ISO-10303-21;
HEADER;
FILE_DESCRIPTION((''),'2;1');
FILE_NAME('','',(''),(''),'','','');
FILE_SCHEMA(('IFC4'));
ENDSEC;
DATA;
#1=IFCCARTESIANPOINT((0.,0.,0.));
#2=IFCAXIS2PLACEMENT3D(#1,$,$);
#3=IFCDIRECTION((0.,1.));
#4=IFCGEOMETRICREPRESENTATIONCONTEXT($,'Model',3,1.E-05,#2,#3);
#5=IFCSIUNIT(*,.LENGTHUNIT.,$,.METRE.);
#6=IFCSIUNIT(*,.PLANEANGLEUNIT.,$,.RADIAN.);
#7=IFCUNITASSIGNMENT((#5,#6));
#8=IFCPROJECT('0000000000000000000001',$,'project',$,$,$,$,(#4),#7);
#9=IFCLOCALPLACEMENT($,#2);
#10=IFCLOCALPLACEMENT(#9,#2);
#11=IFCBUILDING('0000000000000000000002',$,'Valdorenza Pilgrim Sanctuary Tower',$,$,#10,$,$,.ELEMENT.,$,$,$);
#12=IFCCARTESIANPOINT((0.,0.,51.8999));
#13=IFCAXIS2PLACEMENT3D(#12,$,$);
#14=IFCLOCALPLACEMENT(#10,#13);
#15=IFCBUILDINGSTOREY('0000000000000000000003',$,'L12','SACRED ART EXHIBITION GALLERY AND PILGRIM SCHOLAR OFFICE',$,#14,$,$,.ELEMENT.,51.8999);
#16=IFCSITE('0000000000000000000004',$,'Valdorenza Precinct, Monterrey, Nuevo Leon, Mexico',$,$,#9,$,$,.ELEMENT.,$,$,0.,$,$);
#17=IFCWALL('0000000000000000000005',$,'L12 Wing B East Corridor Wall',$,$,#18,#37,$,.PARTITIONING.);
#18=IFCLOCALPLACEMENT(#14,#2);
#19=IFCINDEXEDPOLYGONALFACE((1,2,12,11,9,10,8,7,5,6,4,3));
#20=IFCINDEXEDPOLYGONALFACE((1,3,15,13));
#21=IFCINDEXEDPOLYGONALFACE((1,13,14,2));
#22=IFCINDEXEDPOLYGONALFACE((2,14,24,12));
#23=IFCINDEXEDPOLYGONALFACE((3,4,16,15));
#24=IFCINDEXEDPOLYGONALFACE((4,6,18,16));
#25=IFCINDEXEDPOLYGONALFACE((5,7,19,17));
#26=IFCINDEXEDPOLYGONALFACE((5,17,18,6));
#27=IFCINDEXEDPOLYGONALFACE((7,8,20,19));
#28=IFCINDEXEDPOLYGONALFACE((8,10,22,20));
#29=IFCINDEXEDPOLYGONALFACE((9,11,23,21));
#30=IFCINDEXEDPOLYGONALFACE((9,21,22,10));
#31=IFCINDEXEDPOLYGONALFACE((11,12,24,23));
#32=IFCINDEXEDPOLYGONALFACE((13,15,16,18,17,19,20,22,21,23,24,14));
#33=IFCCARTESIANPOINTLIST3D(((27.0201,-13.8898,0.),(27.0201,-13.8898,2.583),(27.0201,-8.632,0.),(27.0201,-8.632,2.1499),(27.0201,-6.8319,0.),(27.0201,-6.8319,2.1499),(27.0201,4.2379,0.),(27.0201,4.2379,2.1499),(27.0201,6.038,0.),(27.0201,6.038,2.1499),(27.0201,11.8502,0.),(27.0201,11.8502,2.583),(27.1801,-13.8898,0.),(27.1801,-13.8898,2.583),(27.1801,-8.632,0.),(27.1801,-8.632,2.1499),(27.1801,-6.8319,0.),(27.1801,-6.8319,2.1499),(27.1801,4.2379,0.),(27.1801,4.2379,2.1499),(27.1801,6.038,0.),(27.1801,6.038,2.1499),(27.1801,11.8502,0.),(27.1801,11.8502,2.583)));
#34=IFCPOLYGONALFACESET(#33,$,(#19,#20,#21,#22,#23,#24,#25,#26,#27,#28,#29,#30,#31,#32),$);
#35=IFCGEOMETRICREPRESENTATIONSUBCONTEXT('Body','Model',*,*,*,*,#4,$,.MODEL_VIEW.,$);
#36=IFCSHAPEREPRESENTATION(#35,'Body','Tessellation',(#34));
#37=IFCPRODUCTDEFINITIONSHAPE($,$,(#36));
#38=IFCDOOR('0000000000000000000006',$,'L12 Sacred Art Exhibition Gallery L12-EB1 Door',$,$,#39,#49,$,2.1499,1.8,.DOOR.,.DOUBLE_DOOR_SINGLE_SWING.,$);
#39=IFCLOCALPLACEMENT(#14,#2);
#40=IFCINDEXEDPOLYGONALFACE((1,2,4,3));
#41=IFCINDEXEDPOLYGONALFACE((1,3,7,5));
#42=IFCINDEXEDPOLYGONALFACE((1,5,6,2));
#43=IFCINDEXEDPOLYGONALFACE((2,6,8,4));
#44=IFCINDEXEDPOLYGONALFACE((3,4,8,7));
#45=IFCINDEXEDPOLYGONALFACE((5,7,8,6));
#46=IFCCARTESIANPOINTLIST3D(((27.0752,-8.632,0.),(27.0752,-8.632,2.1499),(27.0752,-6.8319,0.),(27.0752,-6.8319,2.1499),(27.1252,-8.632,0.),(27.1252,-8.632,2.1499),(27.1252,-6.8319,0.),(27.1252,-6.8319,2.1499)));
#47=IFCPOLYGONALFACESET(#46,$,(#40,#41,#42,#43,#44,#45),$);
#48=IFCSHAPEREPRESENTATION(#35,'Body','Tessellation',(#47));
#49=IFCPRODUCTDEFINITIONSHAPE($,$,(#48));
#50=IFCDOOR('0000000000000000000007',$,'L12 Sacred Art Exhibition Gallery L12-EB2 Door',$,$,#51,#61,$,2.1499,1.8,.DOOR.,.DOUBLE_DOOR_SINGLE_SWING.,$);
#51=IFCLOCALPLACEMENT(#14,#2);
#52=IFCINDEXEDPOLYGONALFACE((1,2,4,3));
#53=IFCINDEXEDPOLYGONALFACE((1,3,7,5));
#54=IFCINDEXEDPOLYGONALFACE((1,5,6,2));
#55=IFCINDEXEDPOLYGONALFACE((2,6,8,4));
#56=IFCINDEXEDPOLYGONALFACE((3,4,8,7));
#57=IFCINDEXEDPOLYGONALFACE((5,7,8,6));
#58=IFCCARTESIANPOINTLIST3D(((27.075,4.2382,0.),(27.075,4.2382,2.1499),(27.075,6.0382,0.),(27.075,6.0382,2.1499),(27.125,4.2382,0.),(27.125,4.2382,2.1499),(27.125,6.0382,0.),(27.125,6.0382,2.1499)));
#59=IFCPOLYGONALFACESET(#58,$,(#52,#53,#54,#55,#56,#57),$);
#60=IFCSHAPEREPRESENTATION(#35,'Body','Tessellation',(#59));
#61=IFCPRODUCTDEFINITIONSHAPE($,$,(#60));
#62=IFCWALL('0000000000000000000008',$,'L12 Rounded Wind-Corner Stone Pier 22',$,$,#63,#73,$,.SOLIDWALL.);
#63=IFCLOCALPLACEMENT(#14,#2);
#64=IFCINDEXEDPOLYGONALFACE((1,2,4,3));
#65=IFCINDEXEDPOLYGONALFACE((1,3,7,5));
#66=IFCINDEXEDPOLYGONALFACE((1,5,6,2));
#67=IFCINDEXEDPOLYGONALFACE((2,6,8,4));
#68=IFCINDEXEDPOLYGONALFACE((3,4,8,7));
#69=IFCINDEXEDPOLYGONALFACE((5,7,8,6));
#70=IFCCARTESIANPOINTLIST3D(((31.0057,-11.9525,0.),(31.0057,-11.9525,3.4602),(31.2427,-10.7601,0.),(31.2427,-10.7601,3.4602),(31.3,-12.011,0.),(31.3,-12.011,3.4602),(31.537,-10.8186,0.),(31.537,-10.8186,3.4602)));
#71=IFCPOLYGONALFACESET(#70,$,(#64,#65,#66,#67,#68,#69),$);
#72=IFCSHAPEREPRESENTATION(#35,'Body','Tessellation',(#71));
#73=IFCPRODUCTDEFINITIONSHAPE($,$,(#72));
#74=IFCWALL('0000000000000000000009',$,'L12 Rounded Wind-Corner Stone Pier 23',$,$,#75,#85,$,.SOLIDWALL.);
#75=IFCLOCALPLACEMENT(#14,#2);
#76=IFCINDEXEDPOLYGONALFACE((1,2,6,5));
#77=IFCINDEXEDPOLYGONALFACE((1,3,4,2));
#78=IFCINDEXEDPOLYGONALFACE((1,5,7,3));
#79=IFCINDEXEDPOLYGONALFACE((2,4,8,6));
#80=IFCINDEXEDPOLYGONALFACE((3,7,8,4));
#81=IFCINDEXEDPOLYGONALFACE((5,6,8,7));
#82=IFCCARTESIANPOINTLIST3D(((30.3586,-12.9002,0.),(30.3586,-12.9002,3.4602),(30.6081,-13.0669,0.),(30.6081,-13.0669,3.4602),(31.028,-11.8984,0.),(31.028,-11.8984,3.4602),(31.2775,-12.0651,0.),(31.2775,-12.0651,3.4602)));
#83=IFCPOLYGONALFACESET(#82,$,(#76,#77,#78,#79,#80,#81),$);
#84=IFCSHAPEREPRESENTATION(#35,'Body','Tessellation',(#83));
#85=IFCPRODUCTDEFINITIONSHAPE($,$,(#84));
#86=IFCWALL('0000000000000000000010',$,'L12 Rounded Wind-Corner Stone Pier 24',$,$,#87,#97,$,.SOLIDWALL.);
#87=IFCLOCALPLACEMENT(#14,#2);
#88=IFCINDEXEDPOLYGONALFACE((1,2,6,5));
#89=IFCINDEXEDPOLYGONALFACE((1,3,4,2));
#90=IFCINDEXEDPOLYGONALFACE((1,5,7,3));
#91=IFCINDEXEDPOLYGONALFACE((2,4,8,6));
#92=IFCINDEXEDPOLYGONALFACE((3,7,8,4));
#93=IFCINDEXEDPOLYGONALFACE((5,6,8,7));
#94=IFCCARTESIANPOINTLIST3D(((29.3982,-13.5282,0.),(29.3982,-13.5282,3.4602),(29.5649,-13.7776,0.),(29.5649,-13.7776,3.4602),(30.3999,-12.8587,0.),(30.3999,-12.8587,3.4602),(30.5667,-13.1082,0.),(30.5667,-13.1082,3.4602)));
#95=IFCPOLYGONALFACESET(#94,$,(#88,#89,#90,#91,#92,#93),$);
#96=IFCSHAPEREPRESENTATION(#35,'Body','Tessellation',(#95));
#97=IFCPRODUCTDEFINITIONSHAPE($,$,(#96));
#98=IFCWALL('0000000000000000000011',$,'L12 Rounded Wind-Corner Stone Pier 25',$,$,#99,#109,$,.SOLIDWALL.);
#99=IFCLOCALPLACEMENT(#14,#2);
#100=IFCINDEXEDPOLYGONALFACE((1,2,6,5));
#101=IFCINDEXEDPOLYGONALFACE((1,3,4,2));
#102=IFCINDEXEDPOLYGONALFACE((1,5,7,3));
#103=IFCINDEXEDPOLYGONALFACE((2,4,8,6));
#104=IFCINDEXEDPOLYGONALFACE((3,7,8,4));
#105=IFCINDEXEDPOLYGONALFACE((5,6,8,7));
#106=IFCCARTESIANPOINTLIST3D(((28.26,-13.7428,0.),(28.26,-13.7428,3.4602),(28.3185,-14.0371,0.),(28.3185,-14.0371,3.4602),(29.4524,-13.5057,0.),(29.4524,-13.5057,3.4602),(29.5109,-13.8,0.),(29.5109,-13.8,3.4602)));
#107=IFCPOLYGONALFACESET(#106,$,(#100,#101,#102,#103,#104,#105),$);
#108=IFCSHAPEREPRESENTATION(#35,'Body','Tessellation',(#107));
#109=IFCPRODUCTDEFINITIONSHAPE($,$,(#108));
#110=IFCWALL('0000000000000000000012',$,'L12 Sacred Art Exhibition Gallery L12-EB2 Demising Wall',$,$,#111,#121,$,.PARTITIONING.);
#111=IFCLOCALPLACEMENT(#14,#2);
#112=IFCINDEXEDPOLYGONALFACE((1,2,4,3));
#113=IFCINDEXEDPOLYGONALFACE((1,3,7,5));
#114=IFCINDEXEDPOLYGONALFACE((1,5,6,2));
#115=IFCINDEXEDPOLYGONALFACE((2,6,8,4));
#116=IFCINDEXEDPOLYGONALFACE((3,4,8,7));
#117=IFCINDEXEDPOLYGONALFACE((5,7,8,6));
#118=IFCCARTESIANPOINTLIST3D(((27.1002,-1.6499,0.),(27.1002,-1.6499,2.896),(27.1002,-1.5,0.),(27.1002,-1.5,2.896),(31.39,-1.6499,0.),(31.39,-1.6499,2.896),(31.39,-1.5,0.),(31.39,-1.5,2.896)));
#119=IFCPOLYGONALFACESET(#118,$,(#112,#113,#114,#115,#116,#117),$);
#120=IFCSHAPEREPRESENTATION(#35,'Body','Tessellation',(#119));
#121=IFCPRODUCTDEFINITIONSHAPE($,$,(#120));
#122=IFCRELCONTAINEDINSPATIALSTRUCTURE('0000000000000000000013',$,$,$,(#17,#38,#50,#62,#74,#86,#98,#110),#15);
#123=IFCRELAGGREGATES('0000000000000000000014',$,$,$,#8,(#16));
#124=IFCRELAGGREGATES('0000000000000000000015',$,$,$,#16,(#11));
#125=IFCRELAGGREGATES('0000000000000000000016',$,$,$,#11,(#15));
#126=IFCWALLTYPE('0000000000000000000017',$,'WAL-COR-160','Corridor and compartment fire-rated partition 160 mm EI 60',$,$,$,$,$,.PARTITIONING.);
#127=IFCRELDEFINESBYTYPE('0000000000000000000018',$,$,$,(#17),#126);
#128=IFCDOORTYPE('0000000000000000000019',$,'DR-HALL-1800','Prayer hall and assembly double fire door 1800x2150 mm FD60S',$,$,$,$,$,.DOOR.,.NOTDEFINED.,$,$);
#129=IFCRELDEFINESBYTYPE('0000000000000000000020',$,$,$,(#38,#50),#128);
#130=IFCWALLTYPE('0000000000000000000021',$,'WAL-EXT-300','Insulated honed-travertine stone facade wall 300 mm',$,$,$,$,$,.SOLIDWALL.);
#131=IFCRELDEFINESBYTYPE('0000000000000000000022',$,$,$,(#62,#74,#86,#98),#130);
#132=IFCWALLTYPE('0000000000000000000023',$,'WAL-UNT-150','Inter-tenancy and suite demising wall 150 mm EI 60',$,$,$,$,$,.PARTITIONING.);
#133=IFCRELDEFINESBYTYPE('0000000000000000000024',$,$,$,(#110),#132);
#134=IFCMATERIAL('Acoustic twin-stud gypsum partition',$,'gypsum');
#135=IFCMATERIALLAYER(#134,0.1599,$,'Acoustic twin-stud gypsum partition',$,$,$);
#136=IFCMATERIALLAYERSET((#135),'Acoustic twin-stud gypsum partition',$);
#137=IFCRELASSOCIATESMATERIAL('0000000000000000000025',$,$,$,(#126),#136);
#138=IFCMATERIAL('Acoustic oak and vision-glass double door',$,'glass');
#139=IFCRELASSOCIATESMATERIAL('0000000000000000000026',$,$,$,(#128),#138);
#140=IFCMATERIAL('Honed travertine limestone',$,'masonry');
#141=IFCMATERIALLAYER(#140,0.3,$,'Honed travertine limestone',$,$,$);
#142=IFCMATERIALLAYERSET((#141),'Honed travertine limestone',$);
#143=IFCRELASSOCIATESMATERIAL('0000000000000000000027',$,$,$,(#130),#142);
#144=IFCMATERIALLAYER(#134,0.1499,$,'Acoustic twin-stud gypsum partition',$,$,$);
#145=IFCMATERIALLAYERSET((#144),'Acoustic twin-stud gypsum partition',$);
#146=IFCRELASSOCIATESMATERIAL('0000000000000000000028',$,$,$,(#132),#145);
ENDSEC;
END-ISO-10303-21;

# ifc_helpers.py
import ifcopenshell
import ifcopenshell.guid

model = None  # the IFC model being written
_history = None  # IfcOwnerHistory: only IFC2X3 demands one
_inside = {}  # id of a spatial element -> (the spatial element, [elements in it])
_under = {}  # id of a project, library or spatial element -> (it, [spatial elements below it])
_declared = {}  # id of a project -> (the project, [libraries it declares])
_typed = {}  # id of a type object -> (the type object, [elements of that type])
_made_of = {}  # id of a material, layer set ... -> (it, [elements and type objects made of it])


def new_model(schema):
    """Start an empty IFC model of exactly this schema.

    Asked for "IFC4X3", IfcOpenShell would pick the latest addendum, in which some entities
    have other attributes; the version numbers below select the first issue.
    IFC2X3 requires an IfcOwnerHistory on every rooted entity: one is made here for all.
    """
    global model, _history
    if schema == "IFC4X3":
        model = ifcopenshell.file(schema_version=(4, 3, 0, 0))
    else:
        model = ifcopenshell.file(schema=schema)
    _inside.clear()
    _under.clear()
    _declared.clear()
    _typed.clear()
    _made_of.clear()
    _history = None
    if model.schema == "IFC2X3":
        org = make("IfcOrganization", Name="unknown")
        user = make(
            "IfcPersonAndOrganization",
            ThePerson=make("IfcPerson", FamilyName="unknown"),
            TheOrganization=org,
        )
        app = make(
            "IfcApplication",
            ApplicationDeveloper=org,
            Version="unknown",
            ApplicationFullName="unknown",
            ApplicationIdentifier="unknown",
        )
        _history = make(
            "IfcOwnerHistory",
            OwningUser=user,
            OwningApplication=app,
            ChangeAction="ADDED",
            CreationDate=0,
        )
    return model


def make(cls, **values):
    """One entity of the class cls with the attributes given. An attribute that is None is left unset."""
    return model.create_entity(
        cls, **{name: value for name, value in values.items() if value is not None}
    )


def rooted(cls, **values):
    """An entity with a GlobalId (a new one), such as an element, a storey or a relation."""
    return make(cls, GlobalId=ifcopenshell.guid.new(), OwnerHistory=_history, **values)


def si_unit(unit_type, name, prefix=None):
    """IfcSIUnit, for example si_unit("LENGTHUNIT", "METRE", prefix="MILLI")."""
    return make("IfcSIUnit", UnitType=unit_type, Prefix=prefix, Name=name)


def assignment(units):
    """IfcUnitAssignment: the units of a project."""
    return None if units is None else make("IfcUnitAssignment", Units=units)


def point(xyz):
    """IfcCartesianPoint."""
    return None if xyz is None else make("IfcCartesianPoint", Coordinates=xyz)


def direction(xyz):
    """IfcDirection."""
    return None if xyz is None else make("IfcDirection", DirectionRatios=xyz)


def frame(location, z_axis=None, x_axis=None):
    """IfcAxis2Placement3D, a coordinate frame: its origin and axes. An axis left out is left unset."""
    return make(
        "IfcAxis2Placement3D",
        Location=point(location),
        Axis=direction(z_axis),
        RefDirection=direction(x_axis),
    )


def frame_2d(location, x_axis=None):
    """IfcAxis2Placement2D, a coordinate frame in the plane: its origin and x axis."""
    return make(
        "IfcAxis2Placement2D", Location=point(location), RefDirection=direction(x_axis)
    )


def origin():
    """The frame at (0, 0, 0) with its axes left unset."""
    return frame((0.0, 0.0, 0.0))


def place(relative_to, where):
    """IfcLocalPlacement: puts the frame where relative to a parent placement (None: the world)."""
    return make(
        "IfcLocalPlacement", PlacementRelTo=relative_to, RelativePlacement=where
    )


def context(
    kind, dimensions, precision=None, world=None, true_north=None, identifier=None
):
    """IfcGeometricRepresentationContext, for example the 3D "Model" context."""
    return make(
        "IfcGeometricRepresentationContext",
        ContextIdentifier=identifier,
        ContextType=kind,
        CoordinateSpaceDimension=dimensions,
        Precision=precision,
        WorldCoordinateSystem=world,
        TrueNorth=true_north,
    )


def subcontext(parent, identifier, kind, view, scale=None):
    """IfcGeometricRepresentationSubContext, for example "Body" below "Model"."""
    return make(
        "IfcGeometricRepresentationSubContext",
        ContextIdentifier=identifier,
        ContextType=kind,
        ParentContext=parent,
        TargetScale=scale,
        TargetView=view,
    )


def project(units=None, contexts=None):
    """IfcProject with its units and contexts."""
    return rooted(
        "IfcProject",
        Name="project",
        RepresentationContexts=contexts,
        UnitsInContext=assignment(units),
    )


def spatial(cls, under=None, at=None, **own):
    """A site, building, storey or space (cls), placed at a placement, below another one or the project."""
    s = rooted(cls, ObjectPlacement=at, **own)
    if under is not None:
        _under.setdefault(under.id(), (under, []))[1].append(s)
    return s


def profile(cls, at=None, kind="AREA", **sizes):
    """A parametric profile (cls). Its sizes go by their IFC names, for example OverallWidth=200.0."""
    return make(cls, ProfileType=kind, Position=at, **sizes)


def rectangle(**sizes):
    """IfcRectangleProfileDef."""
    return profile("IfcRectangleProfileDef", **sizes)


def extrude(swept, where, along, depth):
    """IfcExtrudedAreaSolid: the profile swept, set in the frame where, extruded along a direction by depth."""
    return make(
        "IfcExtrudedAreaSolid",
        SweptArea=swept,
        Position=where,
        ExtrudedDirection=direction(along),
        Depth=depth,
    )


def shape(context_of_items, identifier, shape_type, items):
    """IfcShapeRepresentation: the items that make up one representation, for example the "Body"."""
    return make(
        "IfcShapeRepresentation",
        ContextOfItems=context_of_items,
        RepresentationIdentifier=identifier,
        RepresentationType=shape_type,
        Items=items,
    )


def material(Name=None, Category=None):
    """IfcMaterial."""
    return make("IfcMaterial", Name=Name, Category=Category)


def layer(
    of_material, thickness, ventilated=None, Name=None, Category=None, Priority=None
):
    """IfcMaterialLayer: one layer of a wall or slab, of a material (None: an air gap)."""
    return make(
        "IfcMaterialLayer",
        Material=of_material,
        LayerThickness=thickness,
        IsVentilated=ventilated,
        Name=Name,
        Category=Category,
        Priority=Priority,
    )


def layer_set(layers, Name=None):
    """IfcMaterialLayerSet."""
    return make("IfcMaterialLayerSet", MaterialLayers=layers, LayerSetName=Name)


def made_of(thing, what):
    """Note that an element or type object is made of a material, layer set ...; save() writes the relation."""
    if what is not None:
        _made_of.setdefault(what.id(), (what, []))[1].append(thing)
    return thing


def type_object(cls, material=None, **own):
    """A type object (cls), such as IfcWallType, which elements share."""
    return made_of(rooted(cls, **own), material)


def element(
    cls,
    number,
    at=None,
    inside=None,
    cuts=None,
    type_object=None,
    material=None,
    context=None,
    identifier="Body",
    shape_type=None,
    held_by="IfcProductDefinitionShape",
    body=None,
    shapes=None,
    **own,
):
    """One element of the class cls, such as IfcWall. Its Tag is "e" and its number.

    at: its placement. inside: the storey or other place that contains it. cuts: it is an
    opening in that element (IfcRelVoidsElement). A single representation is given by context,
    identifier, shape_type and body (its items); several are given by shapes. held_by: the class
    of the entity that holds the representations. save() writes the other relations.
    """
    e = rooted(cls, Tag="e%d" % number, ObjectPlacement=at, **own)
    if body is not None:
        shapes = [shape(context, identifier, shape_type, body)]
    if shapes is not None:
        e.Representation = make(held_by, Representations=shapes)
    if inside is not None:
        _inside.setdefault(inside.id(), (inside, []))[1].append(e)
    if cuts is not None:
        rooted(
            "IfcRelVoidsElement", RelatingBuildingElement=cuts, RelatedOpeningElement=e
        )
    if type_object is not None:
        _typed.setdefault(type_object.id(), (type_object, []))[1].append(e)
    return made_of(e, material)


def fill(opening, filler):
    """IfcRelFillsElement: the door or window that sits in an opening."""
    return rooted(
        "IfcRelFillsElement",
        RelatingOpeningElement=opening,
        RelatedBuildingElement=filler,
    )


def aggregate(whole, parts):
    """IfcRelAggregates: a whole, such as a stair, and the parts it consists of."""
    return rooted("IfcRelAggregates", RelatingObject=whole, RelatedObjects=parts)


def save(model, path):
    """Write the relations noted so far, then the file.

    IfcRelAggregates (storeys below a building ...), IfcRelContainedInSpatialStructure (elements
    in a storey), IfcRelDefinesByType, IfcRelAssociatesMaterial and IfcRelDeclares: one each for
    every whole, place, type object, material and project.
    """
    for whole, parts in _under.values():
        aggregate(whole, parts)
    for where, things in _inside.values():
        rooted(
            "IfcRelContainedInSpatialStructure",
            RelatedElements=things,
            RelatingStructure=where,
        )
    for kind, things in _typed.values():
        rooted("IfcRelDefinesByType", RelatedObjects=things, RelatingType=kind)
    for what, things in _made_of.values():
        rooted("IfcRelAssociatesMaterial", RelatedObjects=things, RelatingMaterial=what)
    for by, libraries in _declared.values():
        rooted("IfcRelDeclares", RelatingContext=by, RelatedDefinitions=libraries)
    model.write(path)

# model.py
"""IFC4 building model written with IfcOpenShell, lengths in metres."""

from ifc_helpers import new_model, si_unit, direction, frame, frame_2d, origin, place, context, subcontext, project, spatial, rectangle, extrude, material, layer, layer_set, type_object, element, fill, save


model = new_model("IFC4")

# Units and contexts
model_context = context("Model", 3, precision=1e-05, world=origin(), true_north=direction((0.0, 1.0)))
body_context = subcontext(model_context, "Body", "Model", "MODEL_VIEW")
ifc_project = project(units=[si_unit("LENGTHUNIT", "METRE"), si_unit("PLANEANGLEUNIT", "RADIAN")], contexts=[model_context])

# Site, building, storey
site_placement = place(None, origin())
site = spatial("IfcSite", under=ifc_project, at=site_placement, Name="Valdorenza Precinct, Monterrey, Nuevo Leon, Mexico", CompositionType="ELEMENT", RefElevation=0.0)
building_placement = place(site_placement, origin())
building = spatial("IfcBuilding", under=site, at=building_placement, Name="Valdorenza Pilgrim Sanctuary Tower", CompositionType="ELEMENT")
storey_placement = place(building_placement, frame((0.0, 0.0, 51.8999)))
storey = spatial("IfcBuildingStorey", under=building, at=storey_placement, Name="L12", Description="SACRED ART EXHIBITION GALLERY AND PILGRIM SCHOLAR OFFICE", CompositionType="ELEMENT", Elevation=51.8999)

# Shared definitions
ifc_material_1 = material(Name="Honed travertine limestone", Category="masonry")

# Shared definitions
ifc_material_2 = material(Name="Acoustic twin-stud gypsum partition", Category="gypsum")
ifc_layer_1 = layer(ifc_material_2, 0.1599, Name="Acoustic twin-stud gypsum partition")
ifc_layer_set_1 = layer_set([ifc_layer_1], Name="Acoustic twin-stud gypsum partition")
wall_type_1 = type_object("IfcWallType", Name="WAL-COR-160", Description="Corridor and compartment fire-rated partition 160 mm EI 60", PredefinedType="PARTITIONING", material=ifc_layer_set_1)

# Wall, openings, doors
wall_1_placement = place(storey_placement, frame((27.1001, -13.8899, 0.0), z_axis=(0.0, 0.0, 1.0), x_axis=(0.0, 1.0, 0.0)))
wall_1 = element("IfcWall", 1, at=wall_1_placement, inside=storey, type_object=wall_type_1, Name="L12 Wing B East Corridor Wall", PredefinedType="PARTITIONING", context=body_context, shape_type="SweptSolid", body=[
    extrude(rectangle(XDim=25.74, YDim=0.1599, at=frame_2d((12.8701, 0.0))), origin(), (0.0, 0.0, 1.0), 2.583),
])
opening_1_placement = place(wall_1_placement, frame((5.2581, 0.0, 0.0)))
opening_1 = element("IfcOpeningElement", 2, at=opening_1_placement, cuts=wall_1, PredefinedType="OPENING", context=body_context, shape_type="SweptSolid", body=[
    extrude(rectangle(XDim=1.8, YDim=2.1499, at=frame_2d((0.8999, 1.075))), frame((0.0, 0.0947, 0.0), z_axis=(0.0, -1.0, 0.0), x_axis=(1.0, 0.0, 0.0)), (0.0, 0.0, 1.0), 0.1897),
])
opening_2_placement = place(wall_1_placement, frame((18.1279, 0.0, 0.0)))
opening_2 = element("IfcOpeningElement", 3, at=opening_2_placement, cuts=wall_1, PredefinedType="OPENING", context=body_context, shape_type="SweptSolid", body=[
    extrude(rectangle(XDim=1.8, YDim=2.1499, at=frame_2d((0.8999, 1.075))), frame((0.0, 0.0947, 0.0), z_axis=(0.0, -1.0, 0.0), x_axis=(1.0, 0.0, 0.0)), (0.0, 0.0, 1.0), 0.1897),
])
ifc_material_3 = material(Name="Acoustic oak and vision-glass double door", Category="glass")
door_type_1 = type_object("IfcDoorType", Name="DR-HALL-1800", Description="Prayer hall and assembly double fire door 1800x2150 mm FD60S", OperationType="NOTDEFINED", PredefinedType="DOOR", material=ifc_material_3)
door_1_placement = place(opening_1_placement, origin())
door_1 = element("IfcDoor", 4, at=door_1_placement, inside=storey, type_object=door_type_1, Name="L12 Sacred Art Exhibition Gallery L12-EB1 Door", OperationType="DOUBLE_DOOR_SINGLE_SWING", OverallHeight=2.1499, OverallWidth=1.8, PredefinedType="DOOR", context=body_context, shape_type="SweptSolid", body=[
    extrude(rectangle(XDim=1.8, YDim=2.1499, at=frame_2d((0.8999, 1.075))), frame((0.0, 0.0249, 0.0), z_axis=(0.0, -1.0, 0.0), x_axis=(1.0, 0.0, 0.0)), (0.0, 0.0, 1.0), 0.05),
])
fill(opening_1, door_1)
door_2_placement = place(opening_2_placement, frame((1.8, 0.0, 0.0), z_axis=(0.0, 0.0, 1.0), x_axis=(-1.0, 0.0, 0.0)))
door_2 = element("IfcDoor", 5, at=door_2_placement, inside=storey, type_object=door_type_1, Name="L12 Sacred Art Exhibition Gallery L12-EB2 Door", OperationType="DOUBLE_DOOR_SINGLE_SWING", OverallHeight=2.1499, OverallWidth=1.8, PredefinedType="DOOR", context=body_context, shape_type="SweptSolid", body=[
    extrude(rectangle(XDim=1.8, YDim=2.1499, at=frame_2d((0.8999, 1.075))), frame((0.0, 0.0249, 0.0), z_axis=(0.0, -1.0, 0.0), x_axis=(1.0, 0.0, 0.0)), (0.0, 0.0, 1.0), 0.05),
])
fill(opening_2, door_2)

# Walls
ifc_layer_2 = layer(ifc_material_1, 0.3, Name="Honed travertine limestone")
ifc_layer_set_2 = layer_set([ifc_layer_2], Name="Honed travertine limestone")
wall_type_2 = type_object("IfcWallType", Name="WAL-EXT-300", Description="Insulated honed-travertine stone facade wall 300 mm", PredefinedType="SOLIDWALL", material=ifc_layer_set_2)
wall_2_placement = place(storey_placement, frame((31.3899, -10.7893, 0.0), z_axis=(0.0, 0.0, 1.0), x_axis=(-0.194996, -0.980804, 0.0)))
element("IfcWall", 6, at=wall_2_placement, inside=storey, type_object=wall_type_2, Name="L12 Rounded Wind-Corner Stone Pier 22", PredefinedType="SOLIDWALL", context=body_context, shape_type="SweptSolid", body=[
    extrude(rectangle(XDim=1.2158, YDim=0.3, at=frame_2d((0.6079, 0.0))), origin(), (0.0, 0.0, 1.0), 3.4602),
])
for number, where, z_axis, x_axis, name in (
    (7, (31.1528, -11.9817, 0.0), (0.0, 0.0, 1.0), (-0.555635, -0.831426, 0.0), "L12 Rounded Wind-Corner Stone Pier 23"),
    (8, (30.4834, -12.9834, 0.0), (0.0, 0.0, 1.0), (-0.831426, -0.555635, 0.0), "L12 Rounded Wind-Corner Stone Pier 24"),
):
    element("IfcWall", number, at=place(storey_placement, frame(where, z_axis=z_axis, x_axis=x_axis)), inside=storey, type_object=wall_type_2, Name=name, PredefinedType="SOLIDWALL", context=body_context, shape_type="SweptSolid", body=[
        extrude(rectangle(XDim=1.2048, YDim=0.3, at=frame_2d((0.6025, 0.0))), origin(), (0.0, 0.0, 1.0), 3.4602),
    ])
wall_3_placement = place(storey_placement, frame((29.4817, -13.6528, 0.0), z_axis=(0.0, 0.0, 1.0), x_axis=(-0.980804, -0.194996, 0.0)))
element("IfcWall", 9, at=wall_3_placement, inside=storey, type_object=wall_type_2, Name="L12 Rounded Wind-Corner Stone Pier 25", PredefinedType="SOLIDWALL", context=body_context, shape_type="SweptSolid", body=[
    extrude(rectangle(XDim=1.2158, YDim=0.3, at=frame_2d((0.6079, 0.0))), origin(), (0.0, 0.0, 1.0), 3.4602),
])
ifc_layer_3 = layer(ifc_material_2, 0.1499, Name="Acoustic twin-stud gypsum partition")
ifc_layer_set_3 = layer_set([ifc_layer_3], Name="Acoustic twin-stud gypsum partition")
wall_type_3 = type_object("IfcWallType", Name="WAL-UNT-150", Description="Inter-tenancy and suite demising wall 150 mm EI 60", PredefinedType="PARTITIONING", material=ifc_layer_set_3)
wall_4_placement = place(storey_placement, frame((27.1001, -1.575, 0.0), z_axis=(0.0, 0.0, 1.0), x_axis=(1.0, 0.0, 0.0)))
element("IfcWall", 10, at=wall_4_placement, inside=storey, type_object=wall_type_3, Name="L12 Sacred Art Exhibition Gallery L12-EB2 Demising Wall", PredefinedType="PARTITIONING", context=body_context, shape_type="SweptSolid", body=[
    extrude(rectangle(XDim=4.2898, YDim=0.1499, at=frame_2d((2.145, 0.0))), origin(), (0.0, 0.0, 1.0), 2.896),
])

save(model, "model.ifc")
